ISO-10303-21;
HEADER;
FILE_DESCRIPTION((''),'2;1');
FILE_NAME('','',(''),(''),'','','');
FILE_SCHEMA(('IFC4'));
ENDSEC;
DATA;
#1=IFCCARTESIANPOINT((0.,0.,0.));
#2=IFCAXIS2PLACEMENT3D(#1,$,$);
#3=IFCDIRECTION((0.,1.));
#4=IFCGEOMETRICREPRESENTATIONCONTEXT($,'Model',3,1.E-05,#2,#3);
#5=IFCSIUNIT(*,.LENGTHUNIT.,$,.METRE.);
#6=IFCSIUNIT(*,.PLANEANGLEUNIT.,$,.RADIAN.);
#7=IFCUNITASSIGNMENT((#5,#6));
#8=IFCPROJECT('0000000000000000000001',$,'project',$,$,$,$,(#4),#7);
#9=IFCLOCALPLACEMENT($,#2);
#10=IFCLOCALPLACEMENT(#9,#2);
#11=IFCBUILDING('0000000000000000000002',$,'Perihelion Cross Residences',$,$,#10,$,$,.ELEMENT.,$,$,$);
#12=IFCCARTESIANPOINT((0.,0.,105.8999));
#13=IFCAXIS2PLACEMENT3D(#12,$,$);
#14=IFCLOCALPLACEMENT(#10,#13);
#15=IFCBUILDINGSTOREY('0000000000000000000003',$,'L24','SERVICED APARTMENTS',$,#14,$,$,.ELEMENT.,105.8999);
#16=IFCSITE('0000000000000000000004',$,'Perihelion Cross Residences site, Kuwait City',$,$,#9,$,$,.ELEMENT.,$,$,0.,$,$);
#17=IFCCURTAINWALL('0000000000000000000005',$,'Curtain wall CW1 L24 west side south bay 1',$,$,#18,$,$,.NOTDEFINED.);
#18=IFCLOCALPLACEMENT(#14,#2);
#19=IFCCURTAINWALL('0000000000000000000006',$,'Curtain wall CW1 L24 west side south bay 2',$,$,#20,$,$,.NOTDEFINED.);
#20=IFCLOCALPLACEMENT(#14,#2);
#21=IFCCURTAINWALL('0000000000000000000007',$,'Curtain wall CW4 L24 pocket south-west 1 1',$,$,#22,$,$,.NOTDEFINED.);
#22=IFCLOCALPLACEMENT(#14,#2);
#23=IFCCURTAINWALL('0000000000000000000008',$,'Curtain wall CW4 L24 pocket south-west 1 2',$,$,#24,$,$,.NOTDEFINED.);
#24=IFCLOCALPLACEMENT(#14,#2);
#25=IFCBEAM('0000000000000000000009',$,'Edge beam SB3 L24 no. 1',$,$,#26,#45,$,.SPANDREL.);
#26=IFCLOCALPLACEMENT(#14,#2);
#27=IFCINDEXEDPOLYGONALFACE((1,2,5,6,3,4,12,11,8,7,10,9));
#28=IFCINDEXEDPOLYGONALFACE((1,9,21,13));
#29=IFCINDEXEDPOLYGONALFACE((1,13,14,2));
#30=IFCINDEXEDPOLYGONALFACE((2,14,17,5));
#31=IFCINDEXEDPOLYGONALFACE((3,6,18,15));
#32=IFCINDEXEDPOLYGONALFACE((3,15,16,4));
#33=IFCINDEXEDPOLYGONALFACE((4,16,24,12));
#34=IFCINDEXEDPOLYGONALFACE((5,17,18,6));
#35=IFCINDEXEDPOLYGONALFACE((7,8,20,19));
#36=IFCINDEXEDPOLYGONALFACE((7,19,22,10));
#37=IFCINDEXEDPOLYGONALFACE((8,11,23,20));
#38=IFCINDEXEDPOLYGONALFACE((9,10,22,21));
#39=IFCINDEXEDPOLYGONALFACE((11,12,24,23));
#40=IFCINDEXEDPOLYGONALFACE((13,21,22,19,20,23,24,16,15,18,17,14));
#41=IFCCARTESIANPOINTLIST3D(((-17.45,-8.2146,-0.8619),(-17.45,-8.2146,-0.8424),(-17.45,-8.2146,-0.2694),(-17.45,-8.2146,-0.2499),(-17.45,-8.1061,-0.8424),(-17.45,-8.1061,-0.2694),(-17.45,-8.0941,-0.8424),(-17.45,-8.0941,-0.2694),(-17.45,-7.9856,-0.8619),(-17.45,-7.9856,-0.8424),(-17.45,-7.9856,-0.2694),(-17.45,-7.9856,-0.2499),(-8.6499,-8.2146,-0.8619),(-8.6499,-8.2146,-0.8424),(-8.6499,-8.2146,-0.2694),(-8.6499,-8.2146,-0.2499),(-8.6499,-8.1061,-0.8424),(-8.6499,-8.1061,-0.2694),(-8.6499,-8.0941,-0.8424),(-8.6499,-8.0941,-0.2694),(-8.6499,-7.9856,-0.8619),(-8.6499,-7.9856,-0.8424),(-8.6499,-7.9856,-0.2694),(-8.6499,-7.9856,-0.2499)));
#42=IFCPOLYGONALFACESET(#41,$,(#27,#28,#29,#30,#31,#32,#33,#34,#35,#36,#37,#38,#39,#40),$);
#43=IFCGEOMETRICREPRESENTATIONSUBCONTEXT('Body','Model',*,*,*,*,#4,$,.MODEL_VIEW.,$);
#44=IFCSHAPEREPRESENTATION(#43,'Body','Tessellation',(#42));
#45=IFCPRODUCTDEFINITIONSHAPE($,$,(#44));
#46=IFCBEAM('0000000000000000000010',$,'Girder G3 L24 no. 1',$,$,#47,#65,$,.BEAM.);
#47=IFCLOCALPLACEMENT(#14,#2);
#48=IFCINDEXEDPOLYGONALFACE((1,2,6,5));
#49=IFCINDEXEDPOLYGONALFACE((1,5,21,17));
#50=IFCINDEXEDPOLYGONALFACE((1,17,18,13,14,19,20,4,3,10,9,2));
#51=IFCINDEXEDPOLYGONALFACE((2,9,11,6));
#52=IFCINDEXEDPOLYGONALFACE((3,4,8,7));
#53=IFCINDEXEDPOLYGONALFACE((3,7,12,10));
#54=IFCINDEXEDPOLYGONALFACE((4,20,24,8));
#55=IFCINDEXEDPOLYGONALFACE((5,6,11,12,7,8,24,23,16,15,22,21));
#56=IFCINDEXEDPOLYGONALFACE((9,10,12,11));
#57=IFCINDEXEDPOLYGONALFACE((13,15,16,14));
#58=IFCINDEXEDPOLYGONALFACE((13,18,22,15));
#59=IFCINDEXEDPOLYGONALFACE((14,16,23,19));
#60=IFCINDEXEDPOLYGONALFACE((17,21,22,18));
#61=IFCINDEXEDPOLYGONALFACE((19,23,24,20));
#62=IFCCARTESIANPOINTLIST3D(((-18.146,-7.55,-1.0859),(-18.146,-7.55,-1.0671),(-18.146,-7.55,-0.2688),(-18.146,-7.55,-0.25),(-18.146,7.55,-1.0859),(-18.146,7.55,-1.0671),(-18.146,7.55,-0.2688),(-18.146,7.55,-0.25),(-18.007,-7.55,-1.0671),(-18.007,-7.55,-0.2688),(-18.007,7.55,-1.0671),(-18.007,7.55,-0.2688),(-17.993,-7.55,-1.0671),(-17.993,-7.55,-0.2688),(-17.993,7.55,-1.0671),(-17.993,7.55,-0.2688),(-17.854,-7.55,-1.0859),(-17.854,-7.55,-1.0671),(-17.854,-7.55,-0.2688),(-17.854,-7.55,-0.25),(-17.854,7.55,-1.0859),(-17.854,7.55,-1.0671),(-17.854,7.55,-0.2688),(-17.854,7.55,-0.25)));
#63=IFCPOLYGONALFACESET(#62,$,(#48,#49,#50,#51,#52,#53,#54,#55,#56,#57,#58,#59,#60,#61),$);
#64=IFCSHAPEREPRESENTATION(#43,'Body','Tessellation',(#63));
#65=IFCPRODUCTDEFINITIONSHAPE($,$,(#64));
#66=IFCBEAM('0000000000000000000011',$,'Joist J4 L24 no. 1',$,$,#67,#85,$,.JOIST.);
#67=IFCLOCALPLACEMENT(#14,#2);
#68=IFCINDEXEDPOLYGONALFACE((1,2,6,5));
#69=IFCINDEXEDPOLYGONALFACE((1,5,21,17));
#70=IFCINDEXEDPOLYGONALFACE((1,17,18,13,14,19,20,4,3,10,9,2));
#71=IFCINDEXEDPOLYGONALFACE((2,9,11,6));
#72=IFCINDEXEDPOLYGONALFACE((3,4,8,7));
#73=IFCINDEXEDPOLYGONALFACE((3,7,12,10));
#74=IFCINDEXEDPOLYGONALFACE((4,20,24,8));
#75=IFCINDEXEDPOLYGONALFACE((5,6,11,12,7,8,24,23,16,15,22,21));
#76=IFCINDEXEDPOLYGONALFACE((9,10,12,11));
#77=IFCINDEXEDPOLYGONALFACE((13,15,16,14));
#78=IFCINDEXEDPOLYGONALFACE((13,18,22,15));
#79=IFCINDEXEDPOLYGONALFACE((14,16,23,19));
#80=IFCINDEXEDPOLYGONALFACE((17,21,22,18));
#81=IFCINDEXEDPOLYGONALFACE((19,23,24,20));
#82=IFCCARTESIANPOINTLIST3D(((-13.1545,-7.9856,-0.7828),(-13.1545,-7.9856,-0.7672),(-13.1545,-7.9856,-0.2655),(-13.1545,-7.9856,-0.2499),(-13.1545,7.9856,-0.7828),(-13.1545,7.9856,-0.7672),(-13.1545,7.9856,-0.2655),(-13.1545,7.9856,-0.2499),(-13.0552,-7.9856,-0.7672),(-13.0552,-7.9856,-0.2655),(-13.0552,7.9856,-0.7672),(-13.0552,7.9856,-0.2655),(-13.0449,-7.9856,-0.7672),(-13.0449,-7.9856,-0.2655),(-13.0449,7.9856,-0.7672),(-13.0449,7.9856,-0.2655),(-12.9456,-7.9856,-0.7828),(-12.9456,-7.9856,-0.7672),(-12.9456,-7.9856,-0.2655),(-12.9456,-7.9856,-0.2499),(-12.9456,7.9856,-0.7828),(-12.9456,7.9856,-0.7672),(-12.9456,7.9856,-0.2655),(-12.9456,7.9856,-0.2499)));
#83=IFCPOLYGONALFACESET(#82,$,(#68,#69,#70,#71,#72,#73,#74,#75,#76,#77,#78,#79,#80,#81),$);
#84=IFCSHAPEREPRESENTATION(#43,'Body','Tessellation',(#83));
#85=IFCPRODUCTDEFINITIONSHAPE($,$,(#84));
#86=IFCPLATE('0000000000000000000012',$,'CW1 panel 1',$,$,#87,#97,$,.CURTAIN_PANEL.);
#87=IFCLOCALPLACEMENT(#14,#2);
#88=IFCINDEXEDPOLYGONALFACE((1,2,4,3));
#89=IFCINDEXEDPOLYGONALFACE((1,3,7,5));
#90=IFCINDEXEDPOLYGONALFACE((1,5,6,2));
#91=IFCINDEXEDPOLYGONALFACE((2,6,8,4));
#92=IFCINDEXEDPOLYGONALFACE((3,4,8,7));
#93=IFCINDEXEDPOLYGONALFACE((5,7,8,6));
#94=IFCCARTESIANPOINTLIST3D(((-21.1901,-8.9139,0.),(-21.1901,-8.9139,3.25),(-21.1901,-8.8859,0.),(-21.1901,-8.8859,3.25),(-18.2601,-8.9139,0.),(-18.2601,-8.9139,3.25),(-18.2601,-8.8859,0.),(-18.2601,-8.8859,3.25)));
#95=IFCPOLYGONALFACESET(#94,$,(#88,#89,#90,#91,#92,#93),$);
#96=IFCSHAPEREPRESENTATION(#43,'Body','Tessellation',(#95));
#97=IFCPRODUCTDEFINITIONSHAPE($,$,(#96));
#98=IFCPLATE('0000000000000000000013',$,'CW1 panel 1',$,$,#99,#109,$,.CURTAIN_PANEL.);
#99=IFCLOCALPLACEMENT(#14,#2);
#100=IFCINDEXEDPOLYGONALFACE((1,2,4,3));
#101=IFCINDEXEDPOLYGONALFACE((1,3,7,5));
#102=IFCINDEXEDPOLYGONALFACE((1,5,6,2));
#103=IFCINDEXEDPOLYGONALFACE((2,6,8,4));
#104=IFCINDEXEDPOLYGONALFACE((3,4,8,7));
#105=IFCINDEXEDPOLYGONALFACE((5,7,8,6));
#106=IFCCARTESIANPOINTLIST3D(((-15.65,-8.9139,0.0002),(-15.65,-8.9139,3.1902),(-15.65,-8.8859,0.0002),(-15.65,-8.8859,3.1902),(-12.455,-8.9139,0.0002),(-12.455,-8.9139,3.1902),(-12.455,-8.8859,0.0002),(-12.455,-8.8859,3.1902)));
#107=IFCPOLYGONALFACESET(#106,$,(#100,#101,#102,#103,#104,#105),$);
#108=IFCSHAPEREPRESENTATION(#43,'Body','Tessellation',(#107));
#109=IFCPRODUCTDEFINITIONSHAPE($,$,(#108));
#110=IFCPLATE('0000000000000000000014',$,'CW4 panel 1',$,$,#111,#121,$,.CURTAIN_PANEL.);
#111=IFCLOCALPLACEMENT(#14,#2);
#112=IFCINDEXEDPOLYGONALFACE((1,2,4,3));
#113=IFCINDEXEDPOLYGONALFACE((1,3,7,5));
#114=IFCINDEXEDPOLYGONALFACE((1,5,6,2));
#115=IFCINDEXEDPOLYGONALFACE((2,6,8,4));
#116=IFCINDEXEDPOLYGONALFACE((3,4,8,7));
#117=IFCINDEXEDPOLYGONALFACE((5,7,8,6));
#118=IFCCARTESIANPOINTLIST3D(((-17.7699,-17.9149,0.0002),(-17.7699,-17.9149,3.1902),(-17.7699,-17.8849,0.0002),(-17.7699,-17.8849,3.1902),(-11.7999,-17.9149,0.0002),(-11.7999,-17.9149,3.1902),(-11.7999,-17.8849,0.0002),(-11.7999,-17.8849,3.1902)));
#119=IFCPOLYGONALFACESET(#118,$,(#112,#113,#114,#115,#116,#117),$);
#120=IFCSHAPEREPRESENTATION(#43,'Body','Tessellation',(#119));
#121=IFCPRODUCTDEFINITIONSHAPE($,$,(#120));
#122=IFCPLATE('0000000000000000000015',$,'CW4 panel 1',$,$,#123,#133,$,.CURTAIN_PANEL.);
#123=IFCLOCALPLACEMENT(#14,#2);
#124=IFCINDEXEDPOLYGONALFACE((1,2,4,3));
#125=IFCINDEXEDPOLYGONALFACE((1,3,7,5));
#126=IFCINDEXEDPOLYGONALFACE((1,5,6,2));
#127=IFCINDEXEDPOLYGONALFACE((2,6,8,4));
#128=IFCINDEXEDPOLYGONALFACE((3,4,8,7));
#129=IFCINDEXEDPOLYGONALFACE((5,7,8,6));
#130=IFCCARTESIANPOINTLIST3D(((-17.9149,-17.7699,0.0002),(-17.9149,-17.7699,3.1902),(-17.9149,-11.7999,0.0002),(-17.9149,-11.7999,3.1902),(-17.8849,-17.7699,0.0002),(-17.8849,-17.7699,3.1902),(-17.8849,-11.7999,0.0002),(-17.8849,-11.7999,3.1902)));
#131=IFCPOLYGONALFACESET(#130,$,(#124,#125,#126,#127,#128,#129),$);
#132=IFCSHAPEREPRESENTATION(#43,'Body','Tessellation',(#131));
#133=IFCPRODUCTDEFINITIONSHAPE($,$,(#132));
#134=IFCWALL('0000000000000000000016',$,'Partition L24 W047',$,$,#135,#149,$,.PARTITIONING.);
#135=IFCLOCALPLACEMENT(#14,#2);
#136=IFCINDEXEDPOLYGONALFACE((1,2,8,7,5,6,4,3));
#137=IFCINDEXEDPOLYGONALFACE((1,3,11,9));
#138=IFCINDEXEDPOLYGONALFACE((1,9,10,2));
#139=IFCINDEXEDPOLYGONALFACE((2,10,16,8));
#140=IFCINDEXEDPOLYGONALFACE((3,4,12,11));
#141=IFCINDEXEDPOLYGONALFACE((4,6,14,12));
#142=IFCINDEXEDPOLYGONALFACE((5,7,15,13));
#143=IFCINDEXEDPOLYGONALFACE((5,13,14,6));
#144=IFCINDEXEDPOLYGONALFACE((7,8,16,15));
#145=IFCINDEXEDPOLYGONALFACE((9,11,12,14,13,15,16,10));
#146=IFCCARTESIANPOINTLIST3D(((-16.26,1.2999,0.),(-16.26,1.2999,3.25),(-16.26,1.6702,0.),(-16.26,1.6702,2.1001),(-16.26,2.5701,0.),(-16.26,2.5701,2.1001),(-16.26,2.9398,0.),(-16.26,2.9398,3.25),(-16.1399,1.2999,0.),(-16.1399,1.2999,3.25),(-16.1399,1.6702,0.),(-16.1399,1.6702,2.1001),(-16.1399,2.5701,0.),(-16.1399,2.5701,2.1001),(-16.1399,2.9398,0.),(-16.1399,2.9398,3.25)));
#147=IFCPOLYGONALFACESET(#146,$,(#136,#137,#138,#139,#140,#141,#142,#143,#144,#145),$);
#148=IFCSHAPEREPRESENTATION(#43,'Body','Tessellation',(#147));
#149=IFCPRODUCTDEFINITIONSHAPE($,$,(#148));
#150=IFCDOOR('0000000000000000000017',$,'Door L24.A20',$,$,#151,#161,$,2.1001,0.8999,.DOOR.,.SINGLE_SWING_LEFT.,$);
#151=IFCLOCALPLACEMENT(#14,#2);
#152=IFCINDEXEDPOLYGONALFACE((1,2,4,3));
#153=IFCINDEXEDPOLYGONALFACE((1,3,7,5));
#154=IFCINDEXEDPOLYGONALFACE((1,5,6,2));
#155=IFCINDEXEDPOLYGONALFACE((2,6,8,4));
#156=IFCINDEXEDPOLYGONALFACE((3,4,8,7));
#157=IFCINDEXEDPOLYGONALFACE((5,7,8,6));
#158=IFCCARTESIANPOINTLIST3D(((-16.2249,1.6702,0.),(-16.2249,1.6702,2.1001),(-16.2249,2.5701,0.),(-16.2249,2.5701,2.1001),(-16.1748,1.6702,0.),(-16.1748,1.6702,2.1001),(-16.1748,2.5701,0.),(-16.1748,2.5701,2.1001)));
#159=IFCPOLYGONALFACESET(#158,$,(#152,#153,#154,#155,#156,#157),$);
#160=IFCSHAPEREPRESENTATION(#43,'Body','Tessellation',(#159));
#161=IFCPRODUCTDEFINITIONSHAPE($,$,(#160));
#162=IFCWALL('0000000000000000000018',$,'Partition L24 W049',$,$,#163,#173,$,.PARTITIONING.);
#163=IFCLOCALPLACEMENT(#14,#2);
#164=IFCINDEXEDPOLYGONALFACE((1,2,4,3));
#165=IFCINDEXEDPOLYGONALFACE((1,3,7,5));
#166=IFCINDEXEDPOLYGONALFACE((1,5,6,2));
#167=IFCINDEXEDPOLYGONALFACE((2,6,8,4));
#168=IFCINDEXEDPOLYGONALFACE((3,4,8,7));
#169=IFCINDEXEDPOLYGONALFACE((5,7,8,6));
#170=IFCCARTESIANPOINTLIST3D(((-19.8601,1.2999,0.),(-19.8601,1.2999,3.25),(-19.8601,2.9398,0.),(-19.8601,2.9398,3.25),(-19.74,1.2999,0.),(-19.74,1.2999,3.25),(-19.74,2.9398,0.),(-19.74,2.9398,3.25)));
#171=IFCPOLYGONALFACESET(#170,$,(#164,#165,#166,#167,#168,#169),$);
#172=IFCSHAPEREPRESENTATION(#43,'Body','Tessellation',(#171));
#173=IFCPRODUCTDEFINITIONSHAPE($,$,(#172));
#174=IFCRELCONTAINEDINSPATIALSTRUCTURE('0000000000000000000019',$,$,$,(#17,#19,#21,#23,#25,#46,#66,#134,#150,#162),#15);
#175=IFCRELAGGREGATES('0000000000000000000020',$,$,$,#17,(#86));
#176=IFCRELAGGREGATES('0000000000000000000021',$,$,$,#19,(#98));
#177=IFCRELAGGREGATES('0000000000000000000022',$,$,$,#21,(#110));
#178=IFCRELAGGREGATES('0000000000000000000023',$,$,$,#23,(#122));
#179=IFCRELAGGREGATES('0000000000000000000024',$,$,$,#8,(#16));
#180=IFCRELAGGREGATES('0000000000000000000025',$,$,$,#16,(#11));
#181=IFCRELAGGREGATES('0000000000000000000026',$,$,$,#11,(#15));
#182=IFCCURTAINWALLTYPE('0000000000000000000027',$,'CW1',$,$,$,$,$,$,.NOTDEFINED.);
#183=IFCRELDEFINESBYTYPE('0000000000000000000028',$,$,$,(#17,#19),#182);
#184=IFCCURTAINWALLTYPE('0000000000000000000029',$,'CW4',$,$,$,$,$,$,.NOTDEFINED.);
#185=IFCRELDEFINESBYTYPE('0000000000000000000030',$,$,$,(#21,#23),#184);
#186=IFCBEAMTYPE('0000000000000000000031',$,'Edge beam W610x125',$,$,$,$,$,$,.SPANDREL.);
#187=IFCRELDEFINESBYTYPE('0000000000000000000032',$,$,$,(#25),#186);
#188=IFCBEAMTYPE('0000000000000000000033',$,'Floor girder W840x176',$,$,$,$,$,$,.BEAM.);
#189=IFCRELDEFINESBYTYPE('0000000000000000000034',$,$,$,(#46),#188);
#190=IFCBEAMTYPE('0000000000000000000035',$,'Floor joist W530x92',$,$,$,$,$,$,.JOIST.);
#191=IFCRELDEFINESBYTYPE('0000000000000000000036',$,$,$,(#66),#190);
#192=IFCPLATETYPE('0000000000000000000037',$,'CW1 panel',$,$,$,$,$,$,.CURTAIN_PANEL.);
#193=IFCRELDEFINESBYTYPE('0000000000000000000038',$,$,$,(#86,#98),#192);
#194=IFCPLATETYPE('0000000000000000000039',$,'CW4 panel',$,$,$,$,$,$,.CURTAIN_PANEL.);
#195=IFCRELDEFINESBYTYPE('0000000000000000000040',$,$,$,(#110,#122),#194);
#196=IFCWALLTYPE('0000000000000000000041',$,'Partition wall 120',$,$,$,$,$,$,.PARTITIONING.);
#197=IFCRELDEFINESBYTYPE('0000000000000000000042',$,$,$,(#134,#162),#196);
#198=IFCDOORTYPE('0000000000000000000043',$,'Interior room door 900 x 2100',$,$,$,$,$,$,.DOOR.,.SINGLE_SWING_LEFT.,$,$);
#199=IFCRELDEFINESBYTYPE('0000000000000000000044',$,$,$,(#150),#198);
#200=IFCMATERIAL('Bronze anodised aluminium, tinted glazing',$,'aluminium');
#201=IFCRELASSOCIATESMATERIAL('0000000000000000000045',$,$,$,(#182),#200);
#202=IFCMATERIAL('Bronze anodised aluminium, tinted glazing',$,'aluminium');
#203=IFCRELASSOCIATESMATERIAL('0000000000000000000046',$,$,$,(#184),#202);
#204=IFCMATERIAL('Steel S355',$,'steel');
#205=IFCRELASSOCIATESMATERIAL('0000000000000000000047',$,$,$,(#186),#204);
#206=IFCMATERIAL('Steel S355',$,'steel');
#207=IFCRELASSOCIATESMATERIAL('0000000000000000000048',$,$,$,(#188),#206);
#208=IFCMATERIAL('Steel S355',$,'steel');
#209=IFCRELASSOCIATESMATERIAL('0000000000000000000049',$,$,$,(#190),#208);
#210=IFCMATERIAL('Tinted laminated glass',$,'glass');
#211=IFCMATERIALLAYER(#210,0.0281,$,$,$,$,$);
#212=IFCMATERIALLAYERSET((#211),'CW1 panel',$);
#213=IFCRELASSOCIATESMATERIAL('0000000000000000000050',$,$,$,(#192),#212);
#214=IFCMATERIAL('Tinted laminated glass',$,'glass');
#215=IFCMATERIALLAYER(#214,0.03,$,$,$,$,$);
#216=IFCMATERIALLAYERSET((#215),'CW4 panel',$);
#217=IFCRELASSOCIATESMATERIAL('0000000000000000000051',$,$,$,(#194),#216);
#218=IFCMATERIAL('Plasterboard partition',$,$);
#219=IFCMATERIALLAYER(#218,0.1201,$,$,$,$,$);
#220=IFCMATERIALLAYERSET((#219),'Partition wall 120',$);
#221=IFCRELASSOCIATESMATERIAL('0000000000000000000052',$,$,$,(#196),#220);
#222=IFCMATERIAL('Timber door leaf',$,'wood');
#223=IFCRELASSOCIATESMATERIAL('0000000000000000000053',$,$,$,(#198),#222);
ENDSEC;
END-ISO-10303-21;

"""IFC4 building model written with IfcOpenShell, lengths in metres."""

from ifc_helpers import new_model, si_unit, direction, frame, frame_2d, origin, origin_2d, place, context, subcontext, project, spatial, rectangle, i_section, extrude, material, layer, layer_set, material_profile, profile_set, type_object, element, fill, aggregate, save


model = new_model("IFC4")

# Units and contexts
model_context = context("Model", 3, precision=1e-05, world=origin(), true_north=direction((0.0, 1.0)))
body_context = subcontext(model_context, "Body", "Model", "MODEL_VIEW")
ifc_project = project(units=[si_unit("LENGTHUNIT", "METRE"), si_unit("PLANEANGLEUNIT", "RADIAN")], contexts=[model_context])

# Site, building, storey
site_placement = place(None, origin())
site = spatial("IfcSite", under=ifc_project, at=site_placement, Name="Perihelion Cross Residences site, Kuwait City", CompositionType="ELEMENT", RefElevation=0.0)
building_placement = place(site_placement, origin())
building = spatial("IfcBuilding", under=site, at=building_placement, Name="Perihelion Cross Residences", CompositionType="ELEMENT")
storey_placement = place(building_placement, frame((0.0, 0.0, 105.8999)))
storey = spatial("IfcBuildingStorey", under=building, at=storey_placement, Name="L24", Description="SERVICED APARTMENTS", CompositionType="ELEMENT", Elevation=105.8999)

# Curtain wall
ifc_material_1 = material(Name="Bronze anodised aluminium, tinted glazing", Category="aluminium")
curtain_wall_type_1 = type_object("IfcCurtainWallType", Name="CW1", PredefinedType="NOTDEFINED", material=ifc_material_1)
curtain_wall_1_placement = place(storey_placement, origin())
curtain_wall_1 = element("IfcCurtainWall", 1, at=curtain_wall_1_placement, inside=storey, type_object=curtain_wall_type_1, Name="Curtain wall CW1 L24 west side south bay 1", PredefinedType="NOTDEFINED")

# Curtain wall
curtain_wall_2_placement = place(storey_placement, origin())
curtain_wall_2 = element("IfcCurtainWall", 2, at=curtain_wall_2_placement, inside=storey, type_object=curtain_wall_type_1, Name="Curtain wall CW1 L24 west side south bay 2", PredefinedType="NOTDEFINED")

# Curtain wall
ifc_material_2 = material(Name="Bronze anodised aluminium, tinted glazing", Category="aluminium")
curtain_wall_type_2 = type_object("IfcCurtainWallType", Name="CW4", PredefinedType="NOTDEFINED", material=ifc_material_2)
curtain_wall_3_placement = place(storey_placement, origin())
curtain_wall_3 = element("IfcCurtainWall", 3, at=curtain_wall_3_placement, inside=storey, type_object=curtain_wall_type_2, Name="Curtain wall CW4 L24 pocket south-west 1 1", PredefinedType="NOTDEFINED")

# Curtain wall
curtain_wall_4_placement = place(storey_placement, origin())
curtain_wall_4 = element("IfcCurtainWall", 4, at=curtain_wall_4_placement, inside=storey, type_object=curtain_wall_type_2, Name="Curtain wall CW4 L24 pocket south-west 1 2", PredefinedType="NOTDEFINED")

# Beams
ifc_material_3 = material(Name="Steel S355", Category="steel")
ifc_material_profile_1 = material_profile(ifc_material_3, i_section(OverallWidth=0.229, OverallDepth=0.6121, WebThickness=0.012, FlangeThickness=0.0195, at=origin_2d()), Name="W610x125")
ifc_profile_set_1 = profile_set([ifc_material_profile_1], Name="Steel S355")
beam_type_1 = type_object("IfcBeamType", Name="Edge beam W610x125", PredefinedType="SPANDREL", material=ifc_profile_set_1)
beam_1_placement = place(storey_placement, frame((-17.45, -8.1001, -0.5559), z_axis=(1.0, 0.0, 0.0), x_axis=(0.0, 1.0, 0.0)))
element("IfcBeam", 5, at=beam_1_placement, inside=storey, type_object=beam_type_1, Name="Edge beam SB3 L24 no. 1", PredefinedType="SPANDREL", context=body_context, shape_type="SweptSolid", body=[
    extrude(i_section(OverallWidth=0.229, OverallDepth=0.6121, WebThickness=0.012, FlangeThickness=0.0195, at=origin_2d()), origin(), (0.0, 0.0, 1.0), 8.8),
])
ifc_material_4 = material(Name="Steel S355", Category="steel")
ifc_material_profile_2 = material_profile(ifc_material_4, i_section(OverallWidth=0.292, OverallDepth=0.8359, WebThickness=0.0139, FlangeThickness=0.0188, at=origin_2d()), Name="W840x176")
ifc_profile_set_2 = profile_set([ifc_material_profile_2], Name="Steel S355")
beam_type_2 = type_object("IfcBeamType", Name="Floor girder W840x176", PredefinedType="BEAM", material=ifc_profile_set_2)
beam_2_placement = place(storey_placement, frame((-18.0, -7.55, -0.668), z_axis=(0.0, 1.0, 0.0), x_axis=(-1.0, 0.0, 0.0)))
element("IfcBeam", 6, at=beam_2_placement, inside=storey, type_object=beam_type_2, Name="Girder G3 L24 no. 1", PredefinedType="BEAM", context=body_context, shape_type="SweptSolid", body=[
    extrude(i_section(OverallWidth=0.292, OverallDepth=0.8359, WebThickness=0.0139, FlangeThickness=0.0188, at=origin_2d()), origin(), (0.0, 0.0, 1.0), 15.1001),
])
ifc_material_5 = material(Name="Steel S355", Category="steel")
ifc_material_profile_3 = material_profile(ifc_material_5, i_section(OverallWidth=0.209, OverallDepth=0.533, WebThickness=0.0103, FlangeThickness=0.0156, at=origin_2d()), Name="W530x92")
ifc_profile_set_3 = profile_set([ifc_material_profile_3], Name="Steel S355")
beam_type_3 = type_object("IfcBeamType", Name="Floor joist W530x92", PredefinedType="JOIST", material=ifc_profile_set_3)
beam_3_placement = place(storey_placement, frame((-13.05, -7.9856, -0.5164), z_axis=(0.0, 1.0, 0.0), x_axis=(-1.0, 0.0, 0.0)))
element("IfcBeam", 7, at=beam_3_placement, inside=storey, type_object=beam_type_3, Name="Joist J4 L24 no. 1", PredefinedType="JOIST", context=body_context, shape_type="SweptSolid", body=[
    extrude(i_section(OverallWidth=0.209, OverallDepth=0.533, WebThickness=0.0103, FlangeThickness=0.0156, at=origin_2d()), origin(), (0.0, 0.0, 1.0), 15.9712),
])

# Plates
ifc_material_6 = material(Name="Tinted laminated glass", Category="glass")
ifc_layer_1 = layer(ifc_material_6, 0.0281)
ifc_layer_set_1 = layer_set([ifc_layer_1], Name="CW1 panel")
plate_type_1 = type_object("IfcPlateType", Name="CW1 panel", PredefinedType="CURTAIN_PANEL", material=ifc_layer_set_1)
plate_1_placement = place(storey_placement, frame((-19.7251, -8.8999, 0.0), z_axis=(0.0, 0.0, 1.0), x_axis=(1.0, 0.0, 0.0)))
plate_1 = element("IfcPlate", 8, at=plate_1_placement, type_object=plate_type_1, Name="CW1 panel 1", PredefinedType="CURTAIN_PANEL", context=body_context, shape_type="SweptSolid", body=[
    extrude(rectangle(XDim=2.9299, YDim=0.0281, at=origin_2d()), origin(), (0.0, 0.0, 1.0), 3.25),
])
aggregate(curtain_wall_1, [plate_1])
plate_2_placement = place(storey_placement, frame((-14.0525, -8.8999, 0.0002), z_axis=(0.0, 0.0, 1.0), x_axis=(1.0, 0.0, 0.0)))
plate_2 = element("IfcPlate", 9, at=plate_2_placement, type_object=plate_type_1, Name="CW1 panel 1", PredefinedType="CURTAIN_PANEL", context=body_context, shape_type="SweptSolid", body=[
    extrude(rectangle(XDim=3.1951, YDim=0.0281, at=origin_2d()), origin(), (0.0, 0.0, 1.0), 3.1899),
])
aggregate(curtain_wall_2, [plate_2])
ifc_material_7 = material(Name="Tinted laminated glass", Category="glass")
ifc_layer_2 = layer(ifc_material_7, 0.03)
ifc_layer_set_2 = layer_set([ifc_layer_2], Name="CW4 panel")
plate_type_2 = type_object("IfcPlateType", Name="CW4 panel", PredefinedType="CURTAIN_PANEL", material=ifc_layer_set_2)
plate_3_placement = place(storey_placement, frame((-14.7849, -17.8999, 0.0002), z_axis=(0.0, 0.0, 1.0), x_axis=(-1.0, 0.0, 0.0)))
plate_3 = element("IfcPlate", 10, at=plate_3_placement, type_object=plate_type_2, Name="CW4 panel 1", PredefinedType="CURTAIN_PANEL", context=body_context, shape_type="SweptSolid", body=[
    extrude(rectangle(XDim=5.97, YDim=0.03, at=origin_2d()), origin(), (0.0, 0.0, 1.0), 3.1899),
])
aggregate(curtain_wall_3, [plate_3])
plate_4_placement = place(storey_placement, frame((-17.8999, -14.7849, 0.0002), z_axis=(0.0, 0.0, 1.0), x_axis=(0.0, 1.0, 0.0)))
plate_4 = element("IfcPlate", 11, at=plate_4_placement, type_object=plate_type_2, Name="CW4 panel 1", PredefinedType="CURTAIN_PANEL", context=body_context, shape_type="SweptSolid", body=[
    extrude(rectangle(XDim=5.97, YDim=0.03, at=origin_2d()), origin(), (0.0, 0.0, 1.0), 3.1899),
])
aggregate(curtain_wall_4, [plate_4])

# Wall, opening, door
ifc_material_8 = material(Name="Plasterboard partition")
ifc_layer_3 = layer(ifc_material_8, 0.1201)
ifc_layer_set_3 = layer_set([ifc_layer_3], Name="Partition wall 120")
wall_type_1 = type_object("IfcWallType", Name="Partition wall 120", PredefinedType="PARTITIONING", material=ifc_layer_set_3)
wall_1_placement = place(storey_placement, frame((-16.2, 1.3, 0.0), z_axis=(0.0, 0.0, 1.0), x_axis=(0.0, 1.0, 0.0)))
wall_1 = element("IfcWall", 12, at=wall_1_placement, inside=storey, type_object=wall_type_1, Name="Partition L24 W047", PredefinedType="PARTITIONING", context=body_context, shape_type="SweptSolid", body=[
    extrude(rectangle(XDim=1.6399, YDim=0.1201, at=frame_2d((0.8198, 0.0))), origin(), (0.0, 0.0, 1.0), 3.25),
])
opening_1_placement = place(wall_1_placement, frame((0.3701, 0.0, 0.0)))
opening_1 = element("IfcOpeningElement", 13, at=opening_1_placement, cuts=wall_1, PredefinedType="OPENING", context=body_context, shape_type="SweptSolid", body=[
    extrude(rectangle(XDim=0.8999, YDim=2.1001, at=frame_2d((0.45, 1.05))), frame((0.0, 0.0701, 0.0), z_axis=(0.0, -1.0, 0.0), x_axis=(1.0, 0.0, 0.0)), (0.0, 0.0, 1.0), 0.1401),
])
ifc_material_9 = material(Name="Timber door leaf", Category="wood")
door_type_1 = type_object("IfcDoorType", Name="Interior room door 900 x 2100", OperationType="SINGLE_SWING_LEFT", PredefinedType="DOOR", material=ifc_material_9)
door_1_placement = place(opening_1_placement, origin())
door_1 = element("IfcDoor", 14, at=door_1_placement, inside=storey, type_object=door_type_1, Name="Door L24.A20", OperationType="SINGLE_SWING_LEFT", OverallHeight=2.1001, OverallWidth=0.8999, PredefinedType="DOOR", context=body_context, shape_type="SweptSolid", body=[
    extrude(rectangle(XDim=0.8999, YDim=2.1001, at=frame_2d((0.45, 1.05))), frame((0.0, 0.0249, 0.0), z_axis=(0.0, -1.0, 0.0), x_axis=(1.0, 0.0, 0.0)), (0.0, 0.0, 1.0), 0.05),
])
fill(opening_1, door_1)

# Wall
wall_2_placement = place(storey_placement, frame((-19.8, 1.3, 0.0), z_axis=(0.0, 0.0, 1.0), x_axis=(0.0, 1.0, 0.0)))
element("IfcWall", 15, at=wall_2_placement, inside=storey, type_object=wall_type_1, Name="Partition L24 W049", PredefinedType="PARTITIONING", context=body_context, shape_type="SweptSolid", body=[
    extrude(rectangle(XDim=1.6399, YDim=0.1201, at=frame_2d((0.8198, 0.0))), origin(), (0.0, 0.0, 1.0), 3.25),
])

save(model, "model.ifc")
